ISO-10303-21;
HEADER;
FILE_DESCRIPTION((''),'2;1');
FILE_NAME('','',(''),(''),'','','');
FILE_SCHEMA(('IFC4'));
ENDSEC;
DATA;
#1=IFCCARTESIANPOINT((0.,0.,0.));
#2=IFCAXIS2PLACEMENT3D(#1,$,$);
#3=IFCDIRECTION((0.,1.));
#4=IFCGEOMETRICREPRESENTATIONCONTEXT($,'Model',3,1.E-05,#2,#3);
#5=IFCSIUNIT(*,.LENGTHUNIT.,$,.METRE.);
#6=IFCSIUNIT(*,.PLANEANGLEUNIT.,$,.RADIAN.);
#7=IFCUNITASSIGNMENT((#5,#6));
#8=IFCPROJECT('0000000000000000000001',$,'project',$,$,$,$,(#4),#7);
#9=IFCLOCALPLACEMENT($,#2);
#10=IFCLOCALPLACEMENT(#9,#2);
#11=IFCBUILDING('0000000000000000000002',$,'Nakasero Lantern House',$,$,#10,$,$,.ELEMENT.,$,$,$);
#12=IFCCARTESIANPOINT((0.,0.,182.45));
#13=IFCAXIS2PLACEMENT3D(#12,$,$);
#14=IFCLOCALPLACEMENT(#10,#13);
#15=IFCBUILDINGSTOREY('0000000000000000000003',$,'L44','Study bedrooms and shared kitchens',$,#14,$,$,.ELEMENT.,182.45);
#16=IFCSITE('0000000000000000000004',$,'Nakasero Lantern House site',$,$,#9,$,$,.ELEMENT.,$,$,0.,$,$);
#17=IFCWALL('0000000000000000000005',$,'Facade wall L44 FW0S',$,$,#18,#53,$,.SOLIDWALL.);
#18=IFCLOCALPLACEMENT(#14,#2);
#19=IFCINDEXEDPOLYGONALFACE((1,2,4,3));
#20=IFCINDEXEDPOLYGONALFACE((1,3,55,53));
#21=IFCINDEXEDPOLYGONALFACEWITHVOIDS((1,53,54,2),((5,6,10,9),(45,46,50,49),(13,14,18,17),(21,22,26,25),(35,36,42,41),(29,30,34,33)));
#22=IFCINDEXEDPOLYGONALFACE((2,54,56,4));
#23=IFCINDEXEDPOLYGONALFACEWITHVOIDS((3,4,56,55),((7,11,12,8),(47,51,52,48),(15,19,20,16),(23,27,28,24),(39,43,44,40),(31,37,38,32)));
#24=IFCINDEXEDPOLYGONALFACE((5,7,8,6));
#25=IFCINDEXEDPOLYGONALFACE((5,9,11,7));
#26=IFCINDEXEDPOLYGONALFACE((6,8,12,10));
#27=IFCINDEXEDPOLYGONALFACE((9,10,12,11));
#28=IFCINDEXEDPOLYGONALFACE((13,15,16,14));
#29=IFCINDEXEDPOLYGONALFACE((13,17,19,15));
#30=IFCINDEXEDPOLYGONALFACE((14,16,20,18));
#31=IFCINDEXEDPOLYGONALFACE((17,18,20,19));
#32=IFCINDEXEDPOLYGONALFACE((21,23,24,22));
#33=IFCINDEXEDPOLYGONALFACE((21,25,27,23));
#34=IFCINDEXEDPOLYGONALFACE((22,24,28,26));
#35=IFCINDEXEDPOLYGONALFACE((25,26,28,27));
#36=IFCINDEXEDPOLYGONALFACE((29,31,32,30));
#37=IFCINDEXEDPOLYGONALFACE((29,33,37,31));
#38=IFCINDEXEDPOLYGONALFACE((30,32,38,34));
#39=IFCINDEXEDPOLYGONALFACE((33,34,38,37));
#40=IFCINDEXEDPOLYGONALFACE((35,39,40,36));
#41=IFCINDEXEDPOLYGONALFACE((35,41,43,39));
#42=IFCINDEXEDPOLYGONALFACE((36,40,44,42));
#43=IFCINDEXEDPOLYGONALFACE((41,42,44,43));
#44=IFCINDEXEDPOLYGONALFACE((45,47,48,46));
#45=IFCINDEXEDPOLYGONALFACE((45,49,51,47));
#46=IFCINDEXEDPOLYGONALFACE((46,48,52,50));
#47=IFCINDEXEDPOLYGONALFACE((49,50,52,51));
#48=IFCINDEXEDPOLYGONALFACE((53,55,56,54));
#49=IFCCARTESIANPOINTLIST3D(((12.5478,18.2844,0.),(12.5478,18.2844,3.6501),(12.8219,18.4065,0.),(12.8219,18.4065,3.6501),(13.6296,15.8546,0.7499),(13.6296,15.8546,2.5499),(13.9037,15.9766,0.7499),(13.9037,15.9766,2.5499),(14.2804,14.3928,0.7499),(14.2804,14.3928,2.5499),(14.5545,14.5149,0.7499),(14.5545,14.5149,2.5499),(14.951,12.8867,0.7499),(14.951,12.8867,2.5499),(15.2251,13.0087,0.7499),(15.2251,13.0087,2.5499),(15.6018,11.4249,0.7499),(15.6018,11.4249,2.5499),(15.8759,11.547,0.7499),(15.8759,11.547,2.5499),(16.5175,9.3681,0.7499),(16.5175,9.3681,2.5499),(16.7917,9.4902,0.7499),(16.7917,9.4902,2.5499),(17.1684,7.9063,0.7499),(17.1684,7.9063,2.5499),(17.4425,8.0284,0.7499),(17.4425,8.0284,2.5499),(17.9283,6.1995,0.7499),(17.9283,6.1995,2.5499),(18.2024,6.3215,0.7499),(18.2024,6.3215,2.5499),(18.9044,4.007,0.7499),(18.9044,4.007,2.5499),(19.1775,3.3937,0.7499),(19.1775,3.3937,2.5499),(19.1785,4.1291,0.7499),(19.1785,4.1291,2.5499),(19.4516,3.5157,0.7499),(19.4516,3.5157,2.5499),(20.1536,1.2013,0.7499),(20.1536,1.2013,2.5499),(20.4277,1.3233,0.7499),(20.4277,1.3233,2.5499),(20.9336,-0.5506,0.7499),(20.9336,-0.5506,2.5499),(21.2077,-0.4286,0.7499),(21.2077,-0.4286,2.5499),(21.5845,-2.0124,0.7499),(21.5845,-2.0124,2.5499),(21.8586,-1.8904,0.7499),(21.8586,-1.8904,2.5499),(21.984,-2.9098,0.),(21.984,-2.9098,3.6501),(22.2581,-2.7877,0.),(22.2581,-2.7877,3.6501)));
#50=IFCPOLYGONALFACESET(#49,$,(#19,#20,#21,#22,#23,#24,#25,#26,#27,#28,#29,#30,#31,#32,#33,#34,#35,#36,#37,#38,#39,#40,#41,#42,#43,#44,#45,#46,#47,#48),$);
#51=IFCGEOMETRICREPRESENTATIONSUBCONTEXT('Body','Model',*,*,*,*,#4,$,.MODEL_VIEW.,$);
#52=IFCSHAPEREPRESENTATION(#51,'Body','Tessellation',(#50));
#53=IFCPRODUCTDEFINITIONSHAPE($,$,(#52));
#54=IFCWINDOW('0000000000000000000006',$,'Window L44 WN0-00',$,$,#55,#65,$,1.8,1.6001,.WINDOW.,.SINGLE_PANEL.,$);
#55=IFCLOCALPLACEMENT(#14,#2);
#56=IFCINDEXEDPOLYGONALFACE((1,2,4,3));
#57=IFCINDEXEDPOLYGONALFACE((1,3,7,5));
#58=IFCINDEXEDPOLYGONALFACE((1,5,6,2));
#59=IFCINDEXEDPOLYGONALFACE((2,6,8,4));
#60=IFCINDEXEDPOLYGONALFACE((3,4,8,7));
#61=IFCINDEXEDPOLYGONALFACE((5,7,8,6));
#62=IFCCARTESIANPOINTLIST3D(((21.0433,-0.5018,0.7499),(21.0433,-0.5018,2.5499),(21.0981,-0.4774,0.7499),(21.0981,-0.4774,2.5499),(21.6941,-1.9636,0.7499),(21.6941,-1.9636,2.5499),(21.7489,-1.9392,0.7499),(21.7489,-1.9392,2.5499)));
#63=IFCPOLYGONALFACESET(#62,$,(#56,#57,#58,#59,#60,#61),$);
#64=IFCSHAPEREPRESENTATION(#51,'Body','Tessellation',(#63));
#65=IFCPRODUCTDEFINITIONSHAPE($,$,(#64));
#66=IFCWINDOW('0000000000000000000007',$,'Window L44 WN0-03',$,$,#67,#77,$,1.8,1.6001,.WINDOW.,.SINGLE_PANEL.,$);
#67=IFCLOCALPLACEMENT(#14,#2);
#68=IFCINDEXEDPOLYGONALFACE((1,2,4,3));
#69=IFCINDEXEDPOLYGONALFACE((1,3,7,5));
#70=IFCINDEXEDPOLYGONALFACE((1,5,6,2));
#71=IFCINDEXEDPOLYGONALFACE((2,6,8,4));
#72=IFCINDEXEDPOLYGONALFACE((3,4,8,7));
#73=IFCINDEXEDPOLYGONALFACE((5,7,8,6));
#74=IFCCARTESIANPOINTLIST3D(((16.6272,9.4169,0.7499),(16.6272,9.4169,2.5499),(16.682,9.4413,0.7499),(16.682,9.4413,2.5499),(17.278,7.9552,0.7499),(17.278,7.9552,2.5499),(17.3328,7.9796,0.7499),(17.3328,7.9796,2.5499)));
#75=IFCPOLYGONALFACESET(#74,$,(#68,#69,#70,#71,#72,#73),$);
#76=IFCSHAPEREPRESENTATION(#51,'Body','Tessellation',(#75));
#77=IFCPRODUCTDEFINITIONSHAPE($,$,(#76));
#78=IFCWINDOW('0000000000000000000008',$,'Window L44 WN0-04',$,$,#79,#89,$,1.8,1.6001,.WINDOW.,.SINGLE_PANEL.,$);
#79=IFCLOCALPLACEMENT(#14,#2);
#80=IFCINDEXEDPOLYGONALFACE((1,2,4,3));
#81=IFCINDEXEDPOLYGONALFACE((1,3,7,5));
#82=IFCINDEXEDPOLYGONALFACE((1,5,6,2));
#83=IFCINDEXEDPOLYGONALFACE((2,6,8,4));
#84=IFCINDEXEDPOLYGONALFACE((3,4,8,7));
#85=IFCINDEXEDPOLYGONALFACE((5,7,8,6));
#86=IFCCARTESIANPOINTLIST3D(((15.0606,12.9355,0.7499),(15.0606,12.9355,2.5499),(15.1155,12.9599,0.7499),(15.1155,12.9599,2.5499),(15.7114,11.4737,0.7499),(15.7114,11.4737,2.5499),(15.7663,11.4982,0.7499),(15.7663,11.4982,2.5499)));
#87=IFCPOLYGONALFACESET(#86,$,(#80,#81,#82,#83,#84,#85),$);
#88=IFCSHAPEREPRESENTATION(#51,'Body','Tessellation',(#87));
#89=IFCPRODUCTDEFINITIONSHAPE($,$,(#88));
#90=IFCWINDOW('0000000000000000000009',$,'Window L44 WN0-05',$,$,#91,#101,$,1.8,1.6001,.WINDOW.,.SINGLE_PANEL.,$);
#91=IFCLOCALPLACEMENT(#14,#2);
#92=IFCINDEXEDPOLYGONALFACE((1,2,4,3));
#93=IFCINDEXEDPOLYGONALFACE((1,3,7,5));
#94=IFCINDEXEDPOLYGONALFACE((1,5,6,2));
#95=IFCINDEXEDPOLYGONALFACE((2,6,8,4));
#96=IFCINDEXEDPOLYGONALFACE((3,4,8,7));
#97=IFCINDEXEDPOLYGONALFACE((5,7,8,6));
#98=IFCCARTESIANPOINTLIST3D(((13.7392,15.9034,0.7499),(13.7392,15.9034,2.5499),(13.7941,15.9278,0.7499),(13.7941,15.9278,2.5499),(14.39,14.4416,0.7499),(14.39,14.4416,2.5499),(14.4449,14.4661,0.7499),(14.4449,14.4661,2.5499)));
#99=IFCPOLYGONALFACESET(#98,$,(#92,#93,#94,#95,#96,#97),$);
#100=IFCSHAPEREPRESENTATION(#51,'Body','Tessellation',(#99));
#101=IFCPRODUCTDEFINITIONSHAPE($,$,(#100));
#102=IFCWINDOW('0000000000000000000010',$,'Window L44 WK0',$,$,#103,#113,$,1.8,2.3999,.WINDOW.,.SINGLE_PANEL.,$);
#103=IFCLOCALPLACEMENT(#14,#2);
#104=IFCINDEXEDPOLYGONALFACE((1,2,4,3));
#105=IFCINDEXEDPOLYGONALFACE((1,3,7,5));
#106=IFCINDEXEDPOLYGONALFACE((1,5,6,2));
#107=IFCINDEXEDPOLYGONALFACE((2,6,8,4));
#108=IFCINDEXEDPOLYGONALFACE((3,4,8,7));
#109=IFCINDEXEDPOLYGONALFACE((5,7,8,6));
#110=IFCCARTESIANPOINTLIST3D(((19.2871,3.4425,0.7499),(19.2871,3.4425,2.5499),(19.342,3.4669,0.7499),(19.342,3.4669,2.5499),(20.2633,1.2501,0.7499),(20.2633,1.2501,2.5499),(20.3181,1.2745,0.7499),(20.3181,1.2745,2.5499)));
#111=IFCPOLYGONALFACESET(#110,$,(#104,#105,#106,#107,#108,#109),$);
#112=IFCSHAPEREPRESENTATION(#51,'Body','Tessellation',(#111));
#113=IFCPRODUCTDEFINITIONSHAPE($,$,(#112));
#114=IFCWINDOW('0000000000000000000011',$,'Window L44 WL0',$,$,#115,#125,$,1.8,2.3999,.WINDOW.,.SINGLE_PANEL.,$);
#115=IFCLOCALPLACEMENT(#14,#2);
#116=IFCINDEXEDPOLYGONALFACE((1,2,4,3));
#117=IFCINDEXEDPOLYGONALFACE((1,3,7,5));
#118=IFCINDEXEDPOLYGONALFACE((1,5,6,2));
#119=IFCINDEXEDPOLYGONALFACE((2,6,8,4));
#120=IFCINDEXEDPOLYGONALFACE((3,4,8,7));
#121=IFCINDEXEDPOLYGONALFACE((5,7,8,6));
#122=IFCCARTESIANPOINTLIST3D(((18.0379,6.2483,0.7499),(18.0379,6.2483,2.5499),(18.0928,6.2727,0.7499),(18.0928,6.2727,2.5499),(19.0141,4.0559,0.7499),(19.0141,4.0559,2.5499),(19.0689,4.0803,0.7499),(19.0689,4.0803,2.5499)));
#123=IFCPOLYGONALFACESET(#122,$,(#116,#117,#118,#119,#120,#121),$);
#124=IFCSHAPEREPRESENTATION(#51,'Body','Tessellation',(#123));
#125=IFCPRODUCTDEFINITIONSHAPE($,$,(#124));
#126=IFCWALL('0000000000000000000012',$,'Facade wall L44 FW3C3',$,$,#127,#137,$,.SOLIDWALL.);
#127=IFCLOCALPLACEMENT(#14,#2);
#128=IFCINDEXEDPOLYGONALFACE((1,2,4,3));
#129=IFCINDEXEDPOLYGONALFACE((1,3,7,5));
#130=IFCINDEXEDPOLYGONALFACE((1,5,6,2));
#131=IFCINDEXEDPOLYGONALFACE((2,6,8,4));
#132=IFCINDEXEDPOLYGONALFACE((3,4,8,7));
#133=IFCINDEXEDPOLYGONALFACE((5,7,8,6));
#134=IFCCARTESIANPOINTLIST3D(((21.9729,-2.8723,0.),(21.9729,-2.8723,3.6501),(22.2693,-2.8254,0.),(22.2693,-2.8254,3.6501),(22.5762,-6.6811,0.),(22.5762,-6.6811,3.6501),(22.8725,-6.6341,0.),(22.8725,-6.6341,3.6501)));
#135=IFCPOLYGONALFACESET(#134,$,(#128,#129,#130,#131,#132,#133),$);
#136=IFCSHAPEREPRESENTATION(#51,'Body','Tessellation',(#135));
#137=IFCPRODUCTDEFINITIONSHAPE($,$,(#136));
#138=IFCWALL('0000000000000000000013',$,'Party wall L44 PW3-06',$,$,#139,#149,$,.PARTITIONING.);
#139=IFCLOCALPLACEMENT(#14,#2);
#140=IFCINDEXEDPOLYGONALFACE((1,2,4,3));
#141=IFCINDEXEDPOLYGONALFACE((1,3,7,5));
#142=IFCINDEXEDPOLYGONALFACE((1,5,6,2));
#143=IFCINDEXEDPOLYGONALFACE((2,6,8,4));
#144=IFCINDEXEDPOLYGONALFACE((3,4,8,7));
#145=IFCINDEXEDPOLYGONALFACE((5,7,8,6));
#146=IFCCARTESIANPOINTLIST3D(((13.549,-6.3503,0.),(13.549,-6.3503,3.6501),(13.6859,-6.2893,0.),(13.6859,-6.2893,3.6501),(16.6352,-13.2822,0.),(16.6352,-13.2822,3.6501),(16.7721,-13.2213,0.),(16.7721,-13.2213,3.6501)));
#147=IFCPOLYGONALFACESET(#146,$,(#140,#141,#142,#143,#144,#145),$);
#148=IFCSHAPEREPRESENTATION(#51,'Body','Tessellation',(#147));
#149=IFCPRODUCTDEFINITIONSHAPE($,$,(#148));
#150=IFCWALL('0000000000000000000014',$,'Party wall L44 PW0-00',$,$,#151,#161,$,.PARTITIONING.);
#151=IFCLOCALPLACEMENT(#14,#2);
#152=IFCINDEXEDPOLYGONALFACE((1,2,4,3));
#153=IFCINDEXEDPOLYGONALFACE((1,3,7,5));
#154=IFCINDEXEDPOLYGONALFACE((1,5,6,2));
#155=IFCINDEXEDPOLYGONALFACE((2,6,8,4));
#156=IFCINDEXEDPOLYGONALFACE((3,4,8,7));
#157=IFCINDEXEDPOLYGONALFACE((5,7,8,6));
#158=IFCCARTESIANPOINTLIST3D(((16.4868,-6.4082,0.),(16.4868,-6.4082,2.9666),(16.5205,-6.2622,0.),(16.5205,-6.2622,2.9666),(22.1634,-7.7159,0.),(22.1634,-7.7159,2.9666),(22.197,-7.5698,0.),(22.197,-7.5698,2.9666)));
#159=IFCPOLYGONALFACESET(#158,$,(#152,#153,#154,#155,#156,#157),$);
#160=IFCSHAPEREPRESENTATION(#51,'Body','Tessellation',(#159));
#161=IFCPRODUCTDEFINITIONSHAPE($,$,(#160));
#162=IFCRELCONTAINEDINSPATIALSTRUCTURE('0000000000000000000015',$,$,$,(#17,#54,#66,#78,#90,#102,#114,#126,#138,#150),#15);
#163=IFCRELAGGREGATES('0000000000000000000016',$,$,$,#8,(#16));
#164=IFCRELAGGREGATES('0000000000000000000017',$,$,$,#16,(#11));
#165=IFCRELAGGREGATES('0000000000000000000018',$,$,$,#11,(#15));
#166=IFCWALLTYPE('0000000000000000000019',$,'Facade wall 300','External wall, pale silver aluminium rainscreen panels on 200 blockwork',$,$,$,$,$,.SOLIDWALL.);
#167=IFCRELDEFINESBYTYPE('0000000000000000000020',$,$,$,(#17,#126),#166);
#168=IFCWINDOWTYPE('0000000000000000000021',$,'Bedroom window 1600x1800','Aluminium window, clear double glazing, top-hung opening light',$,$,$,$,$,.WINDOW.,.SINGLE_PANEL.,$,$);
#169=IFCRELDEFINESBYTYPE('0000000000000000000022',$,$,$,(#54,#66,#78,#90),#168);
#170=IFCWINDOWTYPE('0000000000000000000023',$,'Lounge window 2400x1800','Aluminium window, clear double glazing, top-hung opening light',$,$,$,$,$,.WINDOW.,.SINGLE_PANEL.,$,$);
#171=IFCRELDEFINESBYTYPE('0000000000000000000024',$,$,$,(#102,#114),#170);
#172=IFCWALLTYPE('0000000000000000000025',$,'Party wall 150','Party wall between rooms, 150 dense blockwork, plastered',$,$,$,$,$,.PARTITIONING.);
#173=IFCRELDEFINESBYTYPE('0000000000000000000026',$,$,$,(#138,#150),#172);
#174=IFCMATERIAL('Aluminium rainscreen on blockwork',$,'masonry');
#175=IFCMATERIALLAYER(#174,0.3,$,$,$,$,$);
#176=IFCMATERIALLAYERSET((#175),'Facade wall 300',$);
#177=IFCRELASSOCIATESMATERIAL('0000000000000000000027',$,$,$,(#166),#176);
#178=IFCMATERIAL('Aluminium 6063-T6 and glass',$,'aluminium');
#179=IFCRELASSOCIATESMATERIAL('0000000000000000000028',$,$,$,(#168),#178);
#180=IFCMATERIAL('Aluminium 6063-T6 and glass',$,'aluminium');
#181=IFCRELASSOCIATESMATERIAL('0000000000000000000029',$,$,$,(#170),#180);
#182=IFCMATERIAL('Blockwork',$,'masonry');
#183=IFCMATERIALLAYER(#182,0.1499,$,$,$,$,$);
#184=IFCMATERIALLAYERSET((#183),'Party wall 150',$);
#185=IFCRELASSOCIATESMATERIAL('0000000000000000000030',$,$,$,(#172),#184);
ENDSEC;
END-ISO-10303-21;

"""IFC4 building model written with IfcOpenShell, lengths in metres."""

from ifc_helpers import new_model, si_unit, direction, frame, frame_2d, origin, place, context, subcontext, project, spatial, rectangle, extrude, material, layer, layer_set, type_object, element, fill, save


model = new_model("IFC4")

# Units and contexts
model_context = context("Model", 3, precision=1e-05, world=origin(), true_north=direction((0.0, 1.0)))
body_context = subcontext(model_context, "Body", "Model", "MODEL_VIEW")
ifc_project = project(units=[si_unit("LENGTHUNIT", "METRE"), si_unit("PLANEANGLEUNIT", "RADIAN")], contexts=[model_context])

# Site, building, storey
site_placement = place(None, origin())
site = spatial("IfcSite", under=ifc_project, at=site_placement, Name="Nakasero Lantern House site", CompositionType="ELEMENT", RefElevation=0.0)
building_placement = place(site_placement, origin())
building = spatial("IfcBuilding", under=site, at=building_placement, Name="Nakasero Lantern House", CompositionType="ELEMENT")
storey_placement = place(building_placement, frame((0.0, 0.0, 182.45)))
storey = spatial("IfcBuildingStorey", under=building, at=storey_placement, Name="L44", Description="Study bedrooms and shared kitchens", CompositionType="ELEMENT", Elevation=182.45)

# Wall, openings, windows
ifc_material_1 = material(Name="Aluminium rainscreen on blockwork", Category="masonry")
ifc_layer_1 = layer(ifc_material_1, 0.3)
ifc_layer_set_1 = layer_set([ifc_layer_1], Name="Facade wall 300")
wall_type_1 = type_object("IfcWallType", Name="Facade wall 300", Description="External wall, pale silver aluminium rainscreen panels on 200 blockwork", PredefinedType="SOLIDWALL", material=ifc_layer_set_1)
wall_1_placement = place(storey_placement, frame((22.1211, -2.8489, 0.0), z_axis=(0.0, 0.0, 1.0), x_axis=(-0.406735, 0.913546, 0.0)))
wall_1 = element("IfcWall", 1, at=wall_1_placement, inside=storey, type_object=wall_type_1, Name="Facade wall L44 FW0S", PredefinedType="SOLIDWALL", context=body_context, shape_type="SweptSolid", body=[
    extrude(rectangle(XDim=23.2, YDim=0.3, at=frame_2d((11.6001, 0.0))), origin(), (0.0, 0.0, 1.0), 3.6501),
])
opening_1_placement = place(wall_1_placement, frame((0.9824, 0.0, 0.75)))
opening_1 = element("IfcOpeningElement", 2, at=opening_1_placement, cuts=wall_1, PredefinedType="OPENING", context=body_context, shape_type="SweptSolid", body=[
    extrude(rectangle(XDim=1.6001, YDim=1.8, at=frame_2d((0.8, 0.8999))), frame((0.0, 0.1699, 0.0), z_axis=(0.0, -1.0, 0.0), x_axis=(1.0, 0.0, 0.0)), (0.0, 0.0, 1.0), 0.3401),
])
opening_2_placement = place(wall_1_placement, frame((11.8398, 0.0, 0.75)))
opening_2 = element("IfcOpeningElement", 3, at=opening_2_placement, cuts=wall_1, PredefinedType="OPENING", context=body_context, shape_type="SweptSolid", body=[
    extrude(rectangle(XDim=1.6001, YDim=1.8, at=frame_2d((0.8, 0.8999))), frame((0.0, 0.1699, 0.0), z_axis=(0.0, -1.0, 0.0), x_axis=(1.0, 0.0, 0.0)), (0.0, 0.0, 1.0), 0.3401),
])
opening_3_placement = place(wall_1_placement, frame((15.6914, 0.0, 0.75)))
opening_3 = element("IfcOpeningElement", 4, at=opening_3_placement, cuts=wall_1, PredefinedType="OPENING", context=body_context, shape_type="SweptSolid", body=[
    extrude(rectangle(XDim=1.6001, YDim=1.8, at=frame_2d((0.8, 0.8999))), frame((0.0, 0.1699, 0.0), z_axis=(0.0, -1.0, 0.0), x_axis=(1.0, 0.0, 0.0)), (0.0, 0.0, 1.0), 0.3401),
])
opening_4_placement = place(wall_1_placement, frame((18.9402, 0.0, 0.75)))
opening_4 = element("IfcOpeningElement", 5, at=opening_4_placement, cuts=wall_1, PredefinedType="OPENING", context=body_context, shape_type="SweptSolid", body=[
    extrude(rectangle(XDim=1.6001, YDim=1.8, at=frame_2d((0.8, 0.8999))), frame((0.0, 0.1699, 0.0), z_axis=(0.0, -1.0, 0.0), x_axis=(1.0, 0.0, 0.0)), (0.0, 0.0, 1.0), 0.3401),
])
opening_5_placement = place(wall_1_placement, frame((4.5002, 0.0, 0.75)))
opening_5 = element("IfcOpeningElement", 6, at=opening_5_placement, cuts=wall_1, PredefinedType="OPENING", context=body_context, shape_type="SweptSolid", body=[
    extrude(rectangle(XDim=2.3999, YDim=1.8, at=frame_2d((1.2, 0.8999))), frame((0.0, 0.1699, 0.0), z_axis=(0.0, -1.0, 0.0), x_axis=(1.0, 0.0, 0.0)), (0.0, 0.0, 1.0), 0.3401),
])
opening_6_placement = place(wall_1_placement, frame((7.5715, 0.0, 0.75)))
opening_6 = element("IfcOpeningElement", 7, at=opening_6_placement, cuts=wall_1, PredefinedType="OPENING", context=body_context, shape_type="SweptSolid", body=[
    extrude(rectangle(XDim=2.3999, YDim=1.8, at=frame_2d((1.2, 0.8999))), frame((0.0, 0.1699, 0.0), z_axis=(0.0, -1.0, 0.0), x_axis=(1.0, 0.0, 0.0)), (0.0, 0.0, 1.0), 0.3401),
])
ifc_material_2 = material(Name="Aluminium 6063-T6 and glass", Category="aluminium")
window_type_1 = type_object("IfcWindowType", Name="Bedroom window 1600x1800", Description="Aluminium window, clear double glazing, top-hung opening light", PartitioningType="SINGLE_PANEL", PredefinedType="WINDOW", material=ifc_material_2)
window_1_placement = place(opening_1_placement, origin())
window_1 = element("IfcWindow", 8, at=window_1_placement, inside=storey, type_object=window_type_1, Name="Window L44 WN0-00", OverallHeight=1.8, OverallWidth=1.6001, PartitioningType="SINGLE_PANEL", PredefinedType="WINDOW", context=body_context, shape_type="SweptSolid", body=[
    extrude(rectangle(XDim=1.6001, YDim=1.8, at=frame_2d((0.8, 0.8999))), frame((0.0, 0.03, 0.0), z_axis=(0.0, -1.0, 0.0), x_axis=(1.0, 0.0, 0.0)), (0.0, 0.0, 1.0), 0.0601),
])
fill(opening_1, window_1)
window_2_placement = place(opening_2_placement, origin())
window_2 = element("IfcWindow", 9, at=window_2_placement, inside=storey, type_object=window_type_1, Name="Window L44 WN0-03", OverallHeight=1.8, OverallWidth=1.6001, PartitioningType="SINGLE_PANEL", PredefinedType="WINDOW", context=body_context, shape_type="SweptSolid", body=[
    extrude(rectangle(XDim=1.6001, YDim=1.8, at=frame_2d((0.8, 0.8999))), frame((0.0, 0.03, 0.0), z_axis=(0.0, -1.0, 0.0), x_axis=(1.0, 0.0, 0.0)), (0.0, 0.0, 1.0), 0.0601),
])
fill(opening_2, window_2)
window_3_placement = place(opening_3_placement, origin())
window_3 = element("IfcWindow", 10, at=window_3_placement, inside=storey, type_object=window_type_1, Name="Window L44 WN0-04", OverallHeight=1.8, OverallWidth=1.6001, PartitioningType="SINGLE_PANEL", PredefinedType="WINDOW", context=body_context, shape_type="SweptSolid", body=[
    extrude(rectangle(XDim=1.6001, YDim=1.8, at=frame_2d((0.8, 0.8999))), frame((0.0, 0.03, 0.0), z_axis=(0.0, -1.0, 0.0), x_axis=(1.0, 0.0, 0.0)), (0.0, 0.0, 1.0), 0.0601),
])
fill(opening_3, window_3)
window_4_placement = place(opening_4_placement, origin())
window_4 = element("IfcWindow", 11, at=window_4_placement, inside=storey, type_object=window_type_1, Name="Window L44 WN0-05", OverallHeight=1.8, OverallWidth=1.6001, PartitioningType="SINGLE_PANEL", PredefinedType="WINDOW", context=body_context, shape_type="SweptSolid", body=[
    extrude(rectangle(XDim=1.6001, YDim=1.8, at=frame_2d((0.8, 0.8999))), frame((0.0, 0.03, 0.0), z_axis=(0.0, -1.0, 0.0), x_axis=(1.0, 0.0, 0.0)), (0.0, 0.0, 1.0), 0.0601),
])
fill(opening_4, window_4)
ifc_material_3 = material(Name="Aluminium 6063-T6 and glass", Category="aluminium")
window_type_2 = type_object("IfcWindowType", Name="Lounge window 2400x1800", Description="Aluminium window, clear double glazing, top-hung opening light", PartitioningType="SINGLE_PANEL", PredefinedType="WINDOW", material=ifc_material_3)
window_5_placement = place(opening_5_placement, origin())
window_5 = element("IfcWindow", 12, at=window_5_placement, inside=storey, type_object=window_type_2, Name="Window L44 WK0", OverallHeight=1.8, OverallWidth=2.3999, PartitioningType="SINGLE_PANEL", PredefinedType="WINDOW", context=body_context, shape_type="SweptSolid", body=[
    extrude(rectangle(XDim=2.3999, YDim=1.8, at=frame_2d((1.2, 0.8999))), frame((0.0, 0.03, 0.0), z_axis=(0.0, -1.0, 0.0), x_axis=(1.0, 0.0, 0.0)), (0.0, 0.0, 1.0), 0.0601),
])
fill(opening_5, window_5)
window_6_placement = place(opening_6_placement, origin())
window_6 = element("IfcWindow", 13, at=window_6_placement, inside=storey, type_object=window_type_2, Name="Window L44 WL0", OverallHeight=1.8, OverallWidth=2.3999, PartitioningType="SINGLE_PANEL", PredefinedType="WINDOW", context=body_context, shape_type="SweptSolid", body=[
    extrude(rectangle(XDim=2.3999, YDim=1.8, at=frame_2d((1.2, 0.8999))), frame((0.0, 0.03, 0.0), z_axis=(0.0, -1.0, 0.0), x_axis=(1.0, 0.0, 0.0)), (0.0, 0.0, 1.0), 0.0601),
])
fill(opening_6, window_6)

# Walls
wall_2_placement = place(storey_placement, frame((22.7244, -6.6577, 0.0), z_axis=(0.0, 0.0, 1.0), x_axis=(-0.156437, 0.987688, 0.0)))
element("IfcWall", 14, at=wall_2_placement, inside=storey, type_object=wall_type_1, Name="Facade wall L44 FW3C3", PredefinedType="SOLIDWALL", context=body_context, shape_type="SweptSolid", body=[
    extrude(rectangle(XDim=3.8562, YDim=0.3, at=frame_2d((1.9282, 0.0))), origin(), (0.0, 0.0, 1.0), 3.6501),
])
ifc_material_4 = material(Name="Blockwork", Category="masonry")
ifc_layer_2 = layer(ifc_material_4, 0.1499)
ifc_layer_set_2 = layer_set([ifc_layer_2], Name="Party wall 150")
wall_type_2 = type_object("IfcWallType", Name="Party wall 150", Description="Party wall between rooms, 150 dense blockwork, plastered", PredefinedType="PARTITIONING", material=ifc_layer_set_2)
wall_3_placement = place(storey_placement, frame((13.6174, -6.3198, 0.0), z_axis=(0.0, 0.0, 1.0), x_axis=(0.406726, -0.91355, 0.0)))
element("IfcWall", 15, at=wall_3_placement, inside=storey, type_object=wall_type_2, Name="Party wall L44 PW3-06", PredefinedType="PARTITIONING", context=body_context, shape_type="SweptSolid", body=[
    extrude(rectangle(XDim=7.5879, YDim=0.1499, at=frame_2d((3.7939, 0.0))), origin(), (0.0, 0.0, 1.0), 3.6501),
])
wall_4_placement = place(storey_placement, frame((16.5037, -6.3352, 0.0), z_axis=(0.0, 0.0, 1.0), x_axis=(0.974479, -0.224477, 0.0)))
element("IfcWall", 16, at=wall_4_placement, inside=storey, type_object=wall_type_2, Name="Party wall L44 PW0-00", PredefinedType="PARTITIONING", context=body_context, shape_type="SweptSolid", body=[
    extrude(rectangle(XDim=5.8252, YDim=0.1499, at=frame_2d((2.9126, 0.0))), origin(), (0.0, 0.0, 1.0), 2.9666),
])

save(model, "model.ifc")
